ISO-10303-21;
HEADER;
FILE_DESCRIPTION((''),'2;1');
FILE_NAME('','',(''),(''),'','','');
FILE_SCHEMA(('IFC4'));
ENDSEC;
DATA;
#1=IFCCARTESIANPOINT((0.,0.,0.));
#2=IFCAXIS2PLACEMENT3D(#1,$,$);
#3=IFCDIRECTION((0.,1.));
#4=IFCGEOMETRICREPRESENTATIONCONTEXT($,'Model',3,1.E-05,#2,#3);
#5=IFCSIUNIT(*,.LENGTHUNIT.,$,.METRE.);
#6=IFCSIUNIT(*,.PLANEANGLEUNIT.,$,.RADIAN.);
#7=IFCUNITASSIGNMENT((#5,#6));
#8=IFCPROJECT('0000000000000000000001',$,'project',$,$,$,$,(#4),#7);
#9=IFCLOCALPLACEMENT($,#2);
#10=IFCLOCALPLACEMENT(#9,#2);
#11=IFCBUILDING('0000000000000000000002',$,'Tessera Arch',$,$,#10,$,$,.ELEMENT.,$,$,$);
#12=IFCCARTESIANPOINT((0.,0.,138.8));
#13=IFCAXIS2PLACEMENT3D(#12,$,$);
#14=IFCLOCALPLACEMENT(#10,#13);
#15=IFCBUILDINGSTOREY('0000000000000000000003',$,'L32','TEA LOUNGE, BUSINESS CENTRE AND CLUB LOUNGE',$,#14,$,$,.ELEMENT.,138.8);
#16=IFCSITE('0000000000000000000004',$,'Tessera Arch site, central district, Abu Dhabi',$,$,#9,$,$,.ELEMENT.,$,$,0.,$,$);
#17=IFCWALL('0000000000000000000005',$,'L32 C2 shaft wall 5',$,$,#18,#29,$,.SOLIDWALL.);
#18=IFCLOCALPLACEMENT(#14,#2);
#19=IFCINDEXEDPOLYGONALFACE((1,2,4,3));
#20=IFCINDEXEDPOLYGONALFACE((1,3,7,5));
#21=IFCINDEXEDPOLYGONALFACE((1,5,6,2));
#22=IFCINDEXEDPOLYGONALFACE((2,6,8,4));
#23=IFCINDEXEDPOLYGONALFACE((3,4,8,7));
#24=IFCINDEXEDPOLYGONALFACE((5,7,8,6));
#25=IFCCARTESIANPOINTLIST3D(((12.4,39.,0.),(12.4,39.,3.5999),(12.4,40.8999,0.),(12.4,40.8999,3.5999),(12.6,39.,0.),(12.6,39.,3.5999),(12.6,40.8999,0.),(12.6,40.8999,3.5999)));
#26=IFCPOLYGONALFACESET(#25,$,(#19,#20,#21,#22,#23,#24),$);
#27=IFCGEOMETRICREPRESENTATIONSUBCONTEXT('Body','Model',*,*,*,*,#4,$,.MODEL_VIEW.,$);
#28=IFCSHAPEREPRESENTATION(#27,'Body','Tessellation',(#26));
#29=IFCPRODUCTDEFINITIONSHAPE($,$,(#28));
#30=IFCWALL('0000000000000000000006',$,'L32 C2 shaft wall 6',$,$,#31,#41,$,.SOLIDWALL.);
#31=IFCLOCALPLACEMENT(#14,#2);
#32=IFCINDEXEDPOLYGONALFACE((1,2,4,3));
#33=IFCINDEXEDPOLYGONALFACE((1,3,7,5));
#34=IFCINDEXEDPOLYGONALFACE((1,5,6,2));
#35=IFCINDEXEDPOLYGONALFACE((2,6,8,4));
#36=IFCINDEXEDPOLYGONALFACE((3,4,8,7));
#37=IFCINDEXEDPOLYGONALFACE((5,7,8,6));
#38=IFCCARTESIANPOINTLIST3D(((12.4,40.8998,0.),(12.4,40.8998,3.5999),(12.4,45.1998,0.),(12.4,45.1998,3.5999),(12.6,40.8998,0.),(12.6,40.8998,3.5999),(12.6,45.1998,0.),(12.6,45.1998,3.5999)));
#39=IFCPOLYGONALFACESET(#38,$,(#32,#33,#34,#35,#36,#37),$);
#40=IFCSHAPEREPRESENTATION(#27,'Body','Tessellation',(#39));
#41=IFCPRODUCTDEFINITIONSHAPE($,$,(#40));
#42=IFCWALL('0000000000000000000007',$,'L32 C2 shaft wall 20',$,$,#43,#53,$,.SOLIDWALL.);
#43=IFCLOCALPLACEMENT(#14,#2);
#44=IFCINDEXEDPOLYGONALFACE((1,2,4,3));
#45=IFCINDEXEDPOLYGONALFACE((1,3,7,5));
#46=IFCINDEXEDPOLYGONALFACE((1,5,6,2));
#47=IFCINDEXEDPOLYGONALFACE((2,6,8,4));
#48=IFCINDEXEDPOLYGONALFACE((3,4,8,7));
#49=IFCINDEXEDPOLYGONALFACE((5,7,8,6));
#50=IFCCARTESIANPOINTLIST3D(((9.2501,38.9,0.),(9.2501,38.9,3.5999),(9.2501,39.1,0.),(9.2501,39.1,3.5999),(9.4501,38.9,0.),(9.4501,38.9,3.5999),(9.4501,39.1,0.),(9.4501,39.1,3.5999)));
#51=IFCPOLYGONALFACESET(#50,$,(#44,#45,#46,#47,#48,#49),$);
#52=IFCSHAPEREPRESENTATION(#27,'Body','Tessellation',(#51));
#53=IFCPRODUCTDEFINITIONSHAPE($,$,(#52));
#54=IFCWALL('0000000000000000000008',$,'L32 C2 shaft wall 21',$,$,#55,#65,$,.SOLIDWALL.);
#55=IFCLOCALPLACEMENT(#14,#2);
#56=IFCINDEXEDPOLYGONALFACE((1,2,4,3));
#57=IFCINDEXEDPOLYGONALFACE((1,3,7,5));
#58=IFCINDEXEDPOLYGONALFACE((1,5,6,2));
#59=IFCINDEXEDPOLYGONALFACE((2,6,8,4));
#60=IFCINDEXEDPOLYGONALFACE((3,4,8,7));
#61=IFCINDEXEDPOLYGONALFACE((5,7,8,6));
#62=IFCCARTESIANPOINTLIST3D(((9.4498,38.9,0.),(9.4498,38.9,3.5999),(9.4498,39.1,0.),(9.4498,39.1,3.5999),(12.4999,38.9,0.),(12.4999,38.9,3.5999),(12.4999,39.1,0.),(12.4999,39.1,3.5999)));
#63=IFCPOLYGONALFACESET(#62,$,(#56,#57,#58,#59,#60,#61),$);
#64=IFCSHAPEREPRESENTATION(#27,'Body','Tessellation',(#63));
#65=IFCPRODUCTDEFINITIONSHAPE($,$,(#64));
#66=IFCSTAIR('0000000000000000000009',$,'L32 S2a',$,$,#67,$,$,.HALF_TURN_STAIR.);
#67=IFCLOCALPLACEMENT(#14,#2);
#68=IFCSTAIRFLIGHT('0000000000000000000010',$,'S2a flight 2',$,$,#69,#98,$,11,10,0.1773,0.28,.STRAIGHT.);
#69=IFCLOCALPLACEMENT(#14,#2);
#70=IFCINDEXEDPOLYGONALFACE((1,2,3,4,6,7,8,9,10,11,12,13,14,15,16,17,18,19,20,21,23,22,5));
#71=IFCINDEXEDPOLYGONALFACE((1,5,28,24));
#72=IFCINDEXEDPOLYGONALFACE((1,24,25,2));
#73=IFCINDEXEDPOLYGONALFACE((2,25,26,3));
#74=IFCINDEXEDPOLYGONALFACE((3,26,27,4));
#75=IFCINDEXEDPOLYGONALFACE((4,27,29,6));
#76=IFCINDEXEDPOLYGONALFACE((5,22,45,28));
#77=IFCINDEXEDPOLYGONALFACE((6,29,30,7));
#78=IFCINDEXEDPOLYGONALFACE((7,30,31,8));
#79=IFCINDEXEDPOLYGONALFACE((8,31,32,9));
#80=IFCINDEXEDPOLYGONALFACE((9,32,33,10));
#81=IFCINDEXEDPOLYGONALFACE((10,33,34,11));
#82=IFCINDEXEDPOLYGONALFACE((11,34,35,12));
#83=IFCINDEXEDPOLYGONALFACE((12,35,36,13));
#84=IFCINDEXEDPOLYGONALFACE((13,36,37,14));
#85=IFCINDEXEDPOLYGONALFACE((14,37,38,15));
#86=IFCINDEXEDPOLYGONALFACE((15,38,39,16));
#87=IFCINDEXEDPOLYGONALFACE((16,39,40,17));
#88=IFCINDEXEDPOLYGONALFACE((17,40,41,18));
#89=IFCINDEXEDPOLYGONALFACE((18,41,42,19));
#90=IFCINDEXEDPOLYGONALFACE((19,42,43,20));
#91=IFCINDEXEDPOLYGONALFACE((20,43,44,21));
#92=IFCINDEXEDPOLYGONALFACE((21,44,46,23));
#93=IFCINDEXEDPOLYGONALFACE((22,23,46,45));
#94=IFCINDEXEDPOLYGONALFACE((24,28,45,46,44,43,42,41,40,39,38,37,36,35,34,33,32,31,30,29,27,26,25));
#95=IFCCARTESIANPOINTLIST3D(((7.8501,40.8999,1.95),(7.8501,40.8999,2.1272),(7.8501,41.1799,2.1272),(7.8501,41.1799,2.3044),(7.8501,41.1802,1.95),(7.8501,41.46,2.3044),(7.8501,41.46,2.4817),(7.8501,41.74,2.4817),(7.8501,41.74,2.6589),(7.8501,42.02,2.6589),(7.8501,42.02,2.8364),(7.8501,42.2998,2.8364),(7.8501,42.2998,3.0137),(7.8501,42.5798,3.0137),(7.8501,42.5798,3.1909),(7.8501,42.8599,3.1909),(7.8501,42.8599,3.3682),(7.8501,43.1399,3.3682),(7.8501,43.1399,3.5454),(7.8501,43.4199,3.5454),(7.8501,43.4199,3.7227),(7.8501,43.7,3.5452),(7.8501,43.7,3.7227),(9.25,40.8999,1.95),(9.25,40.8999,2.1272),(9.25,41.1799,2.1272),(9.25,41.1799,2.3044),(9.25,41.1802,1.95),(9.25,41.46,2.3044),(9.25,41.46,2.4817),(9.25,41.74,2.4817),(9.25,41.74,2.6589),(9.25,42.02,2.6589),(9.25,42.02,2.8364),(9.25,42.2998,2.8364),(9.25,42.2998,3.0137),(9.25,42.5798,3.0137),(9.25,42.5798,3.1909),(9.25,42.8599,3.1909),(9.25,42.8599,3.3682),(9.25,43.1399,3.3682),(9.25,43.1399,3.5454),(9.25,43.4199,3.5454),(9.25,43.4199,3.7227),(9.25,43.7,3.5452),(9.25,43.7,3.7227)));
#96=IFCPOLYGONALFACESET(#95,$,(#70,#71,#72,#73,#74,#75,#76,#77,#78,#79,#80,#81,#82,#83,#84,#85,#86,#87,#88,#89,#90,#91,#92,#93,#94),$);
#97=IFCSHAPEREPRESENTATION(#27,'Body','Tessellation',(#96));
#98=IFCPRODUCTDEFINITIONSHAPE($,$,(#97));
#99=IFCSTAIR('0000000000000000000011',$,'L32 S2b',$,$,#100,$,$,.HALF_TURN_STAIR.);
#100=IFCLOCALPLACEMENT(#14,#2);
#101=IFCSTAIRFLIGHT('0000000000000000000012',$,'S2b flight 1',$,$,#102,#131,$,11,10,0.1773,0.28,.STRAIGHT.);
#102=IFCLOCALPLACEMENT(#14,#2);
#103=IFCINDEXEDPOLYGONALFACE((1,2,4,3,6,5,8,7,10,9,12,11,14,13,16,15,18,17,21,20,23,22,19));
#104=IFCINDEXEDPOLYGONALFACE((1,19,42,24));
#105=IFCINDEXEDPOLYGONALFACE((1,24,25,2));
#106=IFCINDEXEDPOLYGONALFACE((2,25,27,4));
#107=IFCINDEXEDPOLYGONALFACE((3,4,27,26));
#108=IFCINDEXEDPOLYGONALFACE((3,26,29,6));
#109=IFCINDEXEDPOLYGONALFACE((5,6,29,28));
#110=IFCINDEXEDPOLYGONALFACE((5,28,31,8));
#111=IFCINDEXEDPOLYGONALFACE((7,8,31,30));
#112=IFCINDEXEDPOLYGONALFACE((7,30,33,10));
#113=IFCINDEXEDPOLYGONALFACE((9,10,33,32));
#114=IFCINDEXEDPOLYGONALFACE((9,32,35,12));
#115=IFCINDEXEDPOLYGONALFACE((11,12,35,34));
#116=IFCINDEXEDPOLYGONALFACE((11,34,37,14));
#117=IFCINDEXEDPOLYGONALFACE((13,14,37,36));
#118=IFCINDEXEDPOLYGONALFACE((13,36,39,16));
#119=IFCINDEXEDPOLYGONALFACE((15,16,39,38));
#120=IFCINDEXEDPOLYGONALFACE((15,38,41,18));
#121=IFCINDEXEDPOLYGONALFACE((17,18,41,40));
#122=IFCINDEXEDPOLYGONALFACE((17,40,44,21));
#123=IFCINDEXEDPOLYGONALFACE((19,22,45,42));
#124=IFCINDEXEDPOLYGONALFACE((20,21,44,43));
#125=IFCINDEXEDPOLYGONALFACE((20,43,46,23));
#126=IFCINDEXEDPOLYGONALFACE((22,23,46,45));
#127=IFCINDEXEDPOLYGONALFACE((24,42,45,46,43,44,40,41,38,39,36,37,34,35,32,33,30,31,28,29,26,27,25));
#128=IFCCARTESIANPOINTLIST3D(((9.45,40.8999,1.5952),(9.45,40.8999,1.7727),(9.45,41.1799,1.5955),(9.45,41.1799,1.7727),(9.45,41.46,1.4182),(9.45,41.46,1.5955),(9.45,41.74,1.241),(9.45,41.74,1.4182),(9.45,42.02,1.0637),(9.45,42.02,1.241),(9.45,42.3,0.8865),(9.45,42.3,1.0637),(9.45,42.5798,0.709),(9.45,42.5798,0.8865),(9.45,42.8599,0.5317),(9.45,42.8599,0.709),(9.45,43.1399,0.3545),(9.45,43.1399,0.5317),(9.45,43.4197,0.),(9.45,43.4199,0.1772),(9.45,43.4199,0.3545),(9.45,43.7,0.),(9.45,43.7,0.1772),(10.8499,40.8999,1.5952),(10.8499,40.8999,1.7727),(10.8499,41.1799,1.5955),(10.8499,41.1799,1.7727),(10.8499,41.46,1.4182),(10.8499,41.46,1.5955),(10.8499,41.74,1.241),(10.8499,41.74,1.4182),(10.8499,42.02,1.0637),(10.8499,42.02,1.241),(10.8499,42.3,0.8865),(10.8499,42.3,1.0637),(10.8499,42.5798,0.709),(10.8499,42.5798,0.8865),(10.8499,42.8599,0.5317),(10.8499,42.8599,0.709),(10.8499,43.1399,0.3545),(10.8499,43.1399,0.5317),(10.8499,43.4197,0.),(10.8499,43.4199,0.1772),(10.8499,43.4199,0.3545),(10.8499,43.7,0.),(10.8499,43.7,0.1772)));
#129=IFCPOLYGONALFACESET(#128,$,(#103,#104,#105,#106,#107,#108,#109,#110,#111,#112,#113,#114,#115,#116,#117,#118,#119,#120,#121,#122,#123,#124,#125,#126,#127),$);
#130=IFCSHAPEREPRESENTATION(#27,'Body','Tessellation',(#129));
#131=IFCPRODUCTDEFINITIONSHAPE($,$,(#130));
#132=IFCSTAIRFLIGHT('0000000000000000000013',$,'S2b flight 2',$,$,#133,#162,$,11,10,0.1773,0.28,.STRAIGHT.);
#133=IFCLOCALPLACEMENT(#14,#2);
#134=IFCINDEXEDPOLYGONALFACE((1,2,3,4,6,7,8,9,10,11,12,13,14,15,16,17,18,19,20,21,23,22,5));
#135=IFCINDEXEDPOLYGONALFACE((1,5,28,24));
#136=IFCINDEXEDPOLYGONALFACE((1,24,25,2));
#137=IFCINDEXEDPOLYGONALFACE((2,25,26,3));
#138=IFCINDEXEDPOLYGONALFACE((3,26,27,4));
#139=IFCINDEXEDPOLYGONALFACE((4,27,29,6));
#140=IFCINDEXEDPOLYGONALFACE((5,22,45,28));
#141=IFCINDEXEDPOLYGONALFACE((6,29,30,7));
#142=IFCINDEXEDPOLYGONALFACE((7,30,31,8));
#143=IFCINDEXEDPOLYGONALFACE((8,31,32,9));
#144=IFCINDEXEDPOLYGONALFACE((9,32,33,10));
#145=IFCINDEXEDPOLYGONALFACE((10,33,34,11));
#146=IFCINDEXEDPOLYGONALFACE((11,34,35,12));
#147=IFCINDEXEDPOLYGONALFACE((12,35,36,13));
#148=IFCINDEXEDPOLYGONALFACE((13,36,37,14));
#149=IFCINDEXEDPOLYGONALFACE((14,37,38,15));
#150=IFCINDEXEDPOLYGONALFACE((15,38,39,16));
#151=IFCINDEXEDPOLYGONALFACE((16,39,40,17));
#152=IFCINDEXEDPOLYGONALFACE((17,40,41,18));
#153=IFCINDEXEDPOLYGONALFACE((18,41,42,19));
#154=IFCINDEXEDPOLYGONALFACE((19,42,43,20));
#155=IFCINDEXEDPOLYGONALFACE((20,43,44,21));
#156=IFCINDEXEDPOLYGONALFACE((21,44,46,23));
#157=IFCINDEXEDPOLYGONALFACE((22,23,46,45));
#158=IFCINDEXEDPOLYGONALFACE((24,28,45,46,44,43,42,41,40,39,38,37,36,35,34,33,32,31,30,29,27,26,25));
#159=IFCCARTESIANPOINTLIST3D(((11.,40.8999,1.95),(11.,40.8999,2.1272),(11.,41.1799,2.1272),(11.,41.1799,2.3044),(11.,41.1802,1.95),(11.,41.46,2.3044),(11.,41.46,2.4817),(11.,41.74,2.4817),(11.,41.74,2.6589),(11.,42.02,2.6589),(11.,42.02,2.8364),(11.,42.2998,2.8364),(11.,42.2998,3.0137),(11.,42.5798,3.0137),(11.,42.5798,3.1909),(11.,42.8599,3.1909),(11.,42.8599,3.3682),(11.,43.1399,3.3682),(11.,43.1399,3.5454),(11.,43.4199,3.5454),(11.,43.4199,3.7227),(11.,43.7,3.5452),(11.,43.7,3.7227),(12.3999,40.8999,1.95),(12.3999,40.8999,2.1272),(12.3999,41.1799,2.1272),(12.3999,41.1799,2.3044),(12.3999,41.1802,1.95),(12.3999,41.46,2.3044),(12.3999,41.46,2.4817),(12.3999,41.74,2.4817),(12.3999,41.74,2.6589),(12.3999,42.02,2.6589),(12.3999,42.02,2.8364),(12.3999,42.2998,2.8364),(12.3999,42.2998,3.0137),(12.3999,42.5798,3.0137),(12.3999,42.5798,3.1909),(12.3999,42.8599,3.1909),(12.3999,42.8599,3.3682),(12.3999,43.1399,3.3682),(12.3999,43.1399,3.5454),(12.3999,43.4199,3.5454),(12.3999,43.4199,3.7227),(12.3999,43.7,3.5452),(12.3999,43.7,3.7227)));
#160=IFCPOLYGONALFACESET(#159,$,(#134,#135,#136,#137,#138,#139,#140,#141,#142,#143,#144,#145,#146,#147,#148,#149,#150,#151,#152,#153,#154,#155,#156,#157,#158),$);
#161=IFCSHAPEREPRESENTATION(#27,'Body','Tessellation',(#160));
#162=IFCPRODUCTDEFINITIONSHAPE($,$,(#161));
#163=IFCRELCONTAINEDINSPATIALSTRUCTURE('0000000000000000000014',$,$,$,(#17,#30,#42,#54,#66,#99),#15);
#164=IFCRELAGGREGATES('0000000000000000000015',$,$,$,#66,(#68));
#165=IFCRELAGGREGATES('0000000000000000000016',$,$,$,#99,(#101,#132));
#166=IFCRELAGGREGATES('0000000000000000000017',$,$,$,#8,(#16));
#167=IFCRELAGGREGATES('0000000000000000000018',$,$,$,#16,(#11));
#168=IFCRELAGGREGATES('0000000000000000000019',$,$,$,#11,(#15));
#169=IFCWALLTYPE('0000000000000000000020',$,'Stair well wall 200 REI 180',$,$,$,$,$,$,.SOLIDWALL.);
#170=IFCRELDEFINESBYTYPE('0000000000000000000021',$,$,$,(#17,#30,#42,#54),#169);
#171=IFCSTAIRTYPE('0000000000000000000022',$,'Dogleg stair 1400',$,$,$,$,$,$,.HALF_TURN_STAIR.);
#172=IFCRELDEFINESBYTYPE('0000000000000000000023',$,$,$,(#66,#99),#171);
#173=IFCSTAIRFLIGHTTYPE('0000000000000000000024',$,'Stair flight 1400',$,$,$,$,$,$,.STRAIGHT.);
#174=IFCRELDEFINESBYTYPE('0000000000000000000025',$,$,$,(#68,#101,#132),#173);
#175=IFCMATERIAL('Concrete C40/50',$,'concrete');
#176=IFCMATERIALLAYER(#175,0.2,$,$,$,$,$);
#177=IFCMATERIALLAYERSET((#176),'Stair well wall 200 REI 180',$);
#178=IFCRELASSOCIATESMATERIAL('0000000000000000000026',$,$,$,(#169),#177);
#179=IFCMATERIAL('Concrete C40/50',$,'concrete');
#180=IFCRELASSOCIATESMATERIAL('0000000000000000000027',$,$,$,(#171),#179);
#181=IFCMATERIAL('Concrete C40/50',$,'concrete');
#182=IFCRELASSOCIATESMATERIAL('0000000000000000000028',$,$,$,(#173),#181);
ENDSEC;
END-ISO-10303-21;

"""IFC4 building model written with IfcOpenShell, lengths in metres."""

from ifc_helpers import new_model, si_unit, direction, frame, frame_2d, origin, place, context, subcontext, project, spatial, polyline, rectangle, outline, extrude, material, layer, layer_set, type_object, element, aggregate, save


model = new_model("IFC4")

# Units and contexts
model_context = context("Model", 3, precision=1e-05, world=origin(), true_north=direction((0.0, 1.0)))
body_context = subcontext(model_context, "Body", "Model", "MODEL_VIEW")
ifc_project = project(units=[si_unit("LENGTHUNIT", "METRE"), si_unit("PLANEANGLEUNIT", "RADIAN")], contexts=[model_context])

# Site, building, storey
site_placement = place(None, origin())
site = spatial("IfcSite", under=ifc_project, at=site_placement, Name="Tessera Arch site, central district, Abu Dhabi", CompositionType="ELEMENT", RefElevation=0.0)
building_placement = place(site_placement, origin())
building = spatial("IfcBuilding", under=site, at=building_placement, Name="Tessera Arch", CompositionType="ELEMENT")
storey_placement = place(building_placement, frame((0.0, 0.0, 138.8)))
storey = spatial("IfcBuildingStorey", under=building, at=storey_placement, Name="L32", Description="TEA LOUNGE, BUSINESS CENTRE AND CLUB LOUNGE", CompositionType="ELEMENT", Elevation=138.8)

# Walls
ifc_material_1 = material(Name="Concrete C40/50", Category="concrete")
ifc_layer_1 = layer(ifc_material_1, 0.2)
ifc_layer_set_1 = layer_set([ifc_layer_1], Name="Stair well wall 200 REI 180")
wall_type_1 = type_object("IfcWallType", Name="Stair well wall 200 REI 180", PredefinedType="SOLIDWALL", material=ifc_layer_set_1)
wall_1_placement = place(storey_placement, frame((12.5, 39.0, 0.0), z_axis=(0.0, 0.0, 1.0), x_axis=(0.0, 1.0, 0.0)))
element("IfcWall", 1, at=wall_1_placement, inside=storey, type_object=wall_type_1, Name="L32 C2 shaft wall 5", PredefinedType="SOLIDWALL", context=body_context, shape_type="SweptSolid", body=[
    extrude(rectangle(XDim=1.8999, YDim=0.2, at=frame_2d((0.95, 0.0))), origin(), (0.0, 0.0, 1.0), 3.5999),
])
wall_2_placement = place(storey_placement, frame((12.5, 40.8999, 0.0), z_axis=(0.0, 0.0, 1.0), x_axis=(0.0, 1.0, 0.0)))
element("IfcWall", 2, at=wall_2_placement, inside=storey, type_object=wall_type_1, Name="L32 C2 shaft wall 6", PredefinedType="SOLIDWALL", context=body_context, shape_type="SweptSolid", body=[
    extrude(rectangle(XDim=4.3, YDim=0.2, at=frame_2d((2.1499, 0.0))), origin(), (0.0, 0.0, 1.0), 3.5999),
])
wall_3_placement = place(storey_placement, frame((9.25, 39.0, 0.0), z_axis=(0.0, 0.0, 1.0), x_axis=(1.0, 0.0, 0.0)))
element("IfcWall", 3, at=wall_3_placement, inside=storey, type_object=wall_type_1, Name="L32 C2 shaft wall 20", PredefinedType="SOLIDWALL", context=body_context, shape_type="SweptSolid", body=[
    extrude(rectangle(XDim=0.2, YDim=0.2, at=frame_2d((0.1001, 0.0))), origin(), (0.0, 0.0, 1.0), 3.5999),
])
wall_4_placement = place(storey_placement, frame((9.45, 39.0, 0.0), z_axis=(0.0, 0.0, 1.0), x_axis=(1.0, 0.0, 0.0)))
element("IfcWall", 4, at=wall_4_placement, inside=storey, type_object=wall_type_1, Name="L32 C2 shaft wall 21", PredefinedType="SOLIDWALL", context=body_context, shape_type="SweptSolid", body=[
    extrude(rectangle(XDim=3.05, YDim=0.2, at=frame_2d((1.5249, 0.0))), origin(), (0.0, 0.0, 1.0), 3.5999),
])

# Stair, stair flight
ifc_material_2 = material(Name="Concrete C40/50", Category="concrete")
stair_type = type_object("IfcStairType", Name="Dogleg stair 1400", PredefinedType="HALF_TURN_STAIR", material=ifc_material_2)
stair_1_placement = place(storey_placement, origin())
stair_1 = element("IfcStair", 5, at=stair_1_placement, inside=storey, type_object=stair_type, Name="L32 S2a", PredefinedType="HALF_TURN_STAIR")
ifc_material_3 = material(Name="Concrete C40/50", Category="concrete")
stair_flight_type = type_object("IfcStairFlightType", Name="Stair flight 1400", PredefinedType="STRAIGHT", material=ifc_material_3)
stair_flight_1_placement = place(storey_placement, frame((8.55, 40.8999, 1.95), z_axis=(0.0, 0.0, 1.0), x_axis=(0.0, 1.0, 0.0)))
stair_flight_1 = element("IfcStairFlight", 6, at=stair_flight_1_placement, type_object=stair_flight_type, Name="S2a flight 2", NumberOfRisers=11, NumberOfTreads=10, PredefinedType="STRAIGHT", RiserHeight=0.1773, TreadLength=0.28, context=body_context, shape_type="SweptSolid", body=[
    extrude(outline(polyline([(0.0, 0.0), (0.0, 0.1772), (0.28, 0.1772), (0.28, 0.3545), (0.5601, 0.3545), (0.5601, 0.5317), (0.8401, 0.5317), (0.8401, 0.709), (1.1201, 0.709), (1.1201, 0.8865), (1.3999, 0.8865), (1.3999, 1.0637), (1.6799, 1.0637), (1.6799, 1.241), (1.96, 1.241), (1.96, 1.4182), (2.24, 1.4182), (2.24, 1.5955), (2.52, 1.5955), (2.52, 1.7727), (2.8, 1.7727), (2.8, 1.95), (2.8, 1.5952), (0.2803, 0.0), (0.0, 0.0)])), frame((0.0, 0.7, 0.0), z_axis=(0.0, -1.0, 0.0), x_axis=(1.0, 0.0, 0.0)), (0.0, 0.0, 1.0), 1.3999),
])
aggregate(stair_1, [stair_flight_1])

# Stair, stair flights
stair_2_placement = place(storey_placement, origin())
stair_2 = element("IfcStair", 7, at=stair_2_placement, inside=storey, type_object=stair_type, Name="L32 S2b", PredefinedType="HALF_TURN_STAIR")
stair_flight_2_placement = place(storey_placement, frame((10.1499, 43.7, 0.0), z_axis=(0.0, 0.0, 1.0), x_axis=(0.0, -1.0, 0.0)))
stair_flight_2 = element("IfcStairFlight", 8, at=stair_flight_2_placement, type_object=stair_flight_type, Name="S2b flight 1", NumberOfRisers=11, NumberOfTreads=10, PredefinedType="STRAIGHT", RiserHeight=0.1773, TreadLength=0.28, context=body_context, shape_type="SweptSolid", body=[
    extrude(outline(polyline([(0.0, 0.0), (0.0, 0.1772), (0.28, 0.1772), (0.28, 0.3545), (0.5601, 0.3545), (0.5601, 0.5317), (0.8401, 0.5317), (0.8401, 0.709), (1.1201, 0.709), (1.1201, 0.8865), (1.3999, 0.8865), (1.3999, 1.0637), (1.6799, 1.0637), (1.6799, 1.241), (1.96, 1.241), (1.96, 1.4182), (2.24, 1.4182), (2.24, 1.5955), (2.52, 1.5955), (2.52, 1.7727), (2.8, 1.7727), (2.8, 1.95), (2.8, 1.5952), (0.2803, 0.0), (0.0, 0.0)])), frame((0.0, 0.7, 0.0), z_axis=(0.0, -1.0, 0.0), x_axis=(1.0, 0.0, 0.0)), (0.0, 0.0, 1.0), 1.3999),
])
stair_flight_3_placement = place(storey_placement, frame((11.7, 40.8999, 1.95), z_axis=(0.0, 0.0, 1.0), x_axis=(0.0, 1.0, 0.0)))
stair_flight_3 = element("IfcStairFlight", 9, at=stair_flight_3_placement, type_object=stair_flight_type, Name="S2b flight 2", NumberOfRisers=11, NumberOfTreads=10, PredefinedType="STRAIGHT", RiserHeight=0.1773, TreadLength=0.28, context=body_context, shape_type="SweptSolid", body=[
    extrude(outline(polyline([(0.0, 0.0), (0.0, 0.1772), (0.28, 0.1772), (0.28, 0.3545), (0.5601, 0.3545), (0.5601, 0.5317), (0.8401, 0.5317), (0.8401, 0.709), (1.1201, 0.709), (1.1201, 0.8865), (1.3999, 0.8865), (1.3999, 1.0637), (1.6799, 1.0637), (1.6799, 1.241), (1.96, 1.241), (1.96, 1.4182), (2.24, 1.4182), (2.24, 1.5955), (2.52, 1.5955), (2.52, 1.7727), (2.8, 1.7727), (2.8, 1.95), (2.8, 1.5952), (0.2803, 0.0), (0.0, 0.0)])), frame((0.0, 0.7, 0.0), z_axis=(0.0, -1.0, 0.0), x_axis=(1.0, 0.0, 0.0)), (0.0, 0.0, 1.0), 1.3999),
])
aggregate(stair_2, [stair_flight_2, stair_flight_3])

save(model, "model.ifc")
